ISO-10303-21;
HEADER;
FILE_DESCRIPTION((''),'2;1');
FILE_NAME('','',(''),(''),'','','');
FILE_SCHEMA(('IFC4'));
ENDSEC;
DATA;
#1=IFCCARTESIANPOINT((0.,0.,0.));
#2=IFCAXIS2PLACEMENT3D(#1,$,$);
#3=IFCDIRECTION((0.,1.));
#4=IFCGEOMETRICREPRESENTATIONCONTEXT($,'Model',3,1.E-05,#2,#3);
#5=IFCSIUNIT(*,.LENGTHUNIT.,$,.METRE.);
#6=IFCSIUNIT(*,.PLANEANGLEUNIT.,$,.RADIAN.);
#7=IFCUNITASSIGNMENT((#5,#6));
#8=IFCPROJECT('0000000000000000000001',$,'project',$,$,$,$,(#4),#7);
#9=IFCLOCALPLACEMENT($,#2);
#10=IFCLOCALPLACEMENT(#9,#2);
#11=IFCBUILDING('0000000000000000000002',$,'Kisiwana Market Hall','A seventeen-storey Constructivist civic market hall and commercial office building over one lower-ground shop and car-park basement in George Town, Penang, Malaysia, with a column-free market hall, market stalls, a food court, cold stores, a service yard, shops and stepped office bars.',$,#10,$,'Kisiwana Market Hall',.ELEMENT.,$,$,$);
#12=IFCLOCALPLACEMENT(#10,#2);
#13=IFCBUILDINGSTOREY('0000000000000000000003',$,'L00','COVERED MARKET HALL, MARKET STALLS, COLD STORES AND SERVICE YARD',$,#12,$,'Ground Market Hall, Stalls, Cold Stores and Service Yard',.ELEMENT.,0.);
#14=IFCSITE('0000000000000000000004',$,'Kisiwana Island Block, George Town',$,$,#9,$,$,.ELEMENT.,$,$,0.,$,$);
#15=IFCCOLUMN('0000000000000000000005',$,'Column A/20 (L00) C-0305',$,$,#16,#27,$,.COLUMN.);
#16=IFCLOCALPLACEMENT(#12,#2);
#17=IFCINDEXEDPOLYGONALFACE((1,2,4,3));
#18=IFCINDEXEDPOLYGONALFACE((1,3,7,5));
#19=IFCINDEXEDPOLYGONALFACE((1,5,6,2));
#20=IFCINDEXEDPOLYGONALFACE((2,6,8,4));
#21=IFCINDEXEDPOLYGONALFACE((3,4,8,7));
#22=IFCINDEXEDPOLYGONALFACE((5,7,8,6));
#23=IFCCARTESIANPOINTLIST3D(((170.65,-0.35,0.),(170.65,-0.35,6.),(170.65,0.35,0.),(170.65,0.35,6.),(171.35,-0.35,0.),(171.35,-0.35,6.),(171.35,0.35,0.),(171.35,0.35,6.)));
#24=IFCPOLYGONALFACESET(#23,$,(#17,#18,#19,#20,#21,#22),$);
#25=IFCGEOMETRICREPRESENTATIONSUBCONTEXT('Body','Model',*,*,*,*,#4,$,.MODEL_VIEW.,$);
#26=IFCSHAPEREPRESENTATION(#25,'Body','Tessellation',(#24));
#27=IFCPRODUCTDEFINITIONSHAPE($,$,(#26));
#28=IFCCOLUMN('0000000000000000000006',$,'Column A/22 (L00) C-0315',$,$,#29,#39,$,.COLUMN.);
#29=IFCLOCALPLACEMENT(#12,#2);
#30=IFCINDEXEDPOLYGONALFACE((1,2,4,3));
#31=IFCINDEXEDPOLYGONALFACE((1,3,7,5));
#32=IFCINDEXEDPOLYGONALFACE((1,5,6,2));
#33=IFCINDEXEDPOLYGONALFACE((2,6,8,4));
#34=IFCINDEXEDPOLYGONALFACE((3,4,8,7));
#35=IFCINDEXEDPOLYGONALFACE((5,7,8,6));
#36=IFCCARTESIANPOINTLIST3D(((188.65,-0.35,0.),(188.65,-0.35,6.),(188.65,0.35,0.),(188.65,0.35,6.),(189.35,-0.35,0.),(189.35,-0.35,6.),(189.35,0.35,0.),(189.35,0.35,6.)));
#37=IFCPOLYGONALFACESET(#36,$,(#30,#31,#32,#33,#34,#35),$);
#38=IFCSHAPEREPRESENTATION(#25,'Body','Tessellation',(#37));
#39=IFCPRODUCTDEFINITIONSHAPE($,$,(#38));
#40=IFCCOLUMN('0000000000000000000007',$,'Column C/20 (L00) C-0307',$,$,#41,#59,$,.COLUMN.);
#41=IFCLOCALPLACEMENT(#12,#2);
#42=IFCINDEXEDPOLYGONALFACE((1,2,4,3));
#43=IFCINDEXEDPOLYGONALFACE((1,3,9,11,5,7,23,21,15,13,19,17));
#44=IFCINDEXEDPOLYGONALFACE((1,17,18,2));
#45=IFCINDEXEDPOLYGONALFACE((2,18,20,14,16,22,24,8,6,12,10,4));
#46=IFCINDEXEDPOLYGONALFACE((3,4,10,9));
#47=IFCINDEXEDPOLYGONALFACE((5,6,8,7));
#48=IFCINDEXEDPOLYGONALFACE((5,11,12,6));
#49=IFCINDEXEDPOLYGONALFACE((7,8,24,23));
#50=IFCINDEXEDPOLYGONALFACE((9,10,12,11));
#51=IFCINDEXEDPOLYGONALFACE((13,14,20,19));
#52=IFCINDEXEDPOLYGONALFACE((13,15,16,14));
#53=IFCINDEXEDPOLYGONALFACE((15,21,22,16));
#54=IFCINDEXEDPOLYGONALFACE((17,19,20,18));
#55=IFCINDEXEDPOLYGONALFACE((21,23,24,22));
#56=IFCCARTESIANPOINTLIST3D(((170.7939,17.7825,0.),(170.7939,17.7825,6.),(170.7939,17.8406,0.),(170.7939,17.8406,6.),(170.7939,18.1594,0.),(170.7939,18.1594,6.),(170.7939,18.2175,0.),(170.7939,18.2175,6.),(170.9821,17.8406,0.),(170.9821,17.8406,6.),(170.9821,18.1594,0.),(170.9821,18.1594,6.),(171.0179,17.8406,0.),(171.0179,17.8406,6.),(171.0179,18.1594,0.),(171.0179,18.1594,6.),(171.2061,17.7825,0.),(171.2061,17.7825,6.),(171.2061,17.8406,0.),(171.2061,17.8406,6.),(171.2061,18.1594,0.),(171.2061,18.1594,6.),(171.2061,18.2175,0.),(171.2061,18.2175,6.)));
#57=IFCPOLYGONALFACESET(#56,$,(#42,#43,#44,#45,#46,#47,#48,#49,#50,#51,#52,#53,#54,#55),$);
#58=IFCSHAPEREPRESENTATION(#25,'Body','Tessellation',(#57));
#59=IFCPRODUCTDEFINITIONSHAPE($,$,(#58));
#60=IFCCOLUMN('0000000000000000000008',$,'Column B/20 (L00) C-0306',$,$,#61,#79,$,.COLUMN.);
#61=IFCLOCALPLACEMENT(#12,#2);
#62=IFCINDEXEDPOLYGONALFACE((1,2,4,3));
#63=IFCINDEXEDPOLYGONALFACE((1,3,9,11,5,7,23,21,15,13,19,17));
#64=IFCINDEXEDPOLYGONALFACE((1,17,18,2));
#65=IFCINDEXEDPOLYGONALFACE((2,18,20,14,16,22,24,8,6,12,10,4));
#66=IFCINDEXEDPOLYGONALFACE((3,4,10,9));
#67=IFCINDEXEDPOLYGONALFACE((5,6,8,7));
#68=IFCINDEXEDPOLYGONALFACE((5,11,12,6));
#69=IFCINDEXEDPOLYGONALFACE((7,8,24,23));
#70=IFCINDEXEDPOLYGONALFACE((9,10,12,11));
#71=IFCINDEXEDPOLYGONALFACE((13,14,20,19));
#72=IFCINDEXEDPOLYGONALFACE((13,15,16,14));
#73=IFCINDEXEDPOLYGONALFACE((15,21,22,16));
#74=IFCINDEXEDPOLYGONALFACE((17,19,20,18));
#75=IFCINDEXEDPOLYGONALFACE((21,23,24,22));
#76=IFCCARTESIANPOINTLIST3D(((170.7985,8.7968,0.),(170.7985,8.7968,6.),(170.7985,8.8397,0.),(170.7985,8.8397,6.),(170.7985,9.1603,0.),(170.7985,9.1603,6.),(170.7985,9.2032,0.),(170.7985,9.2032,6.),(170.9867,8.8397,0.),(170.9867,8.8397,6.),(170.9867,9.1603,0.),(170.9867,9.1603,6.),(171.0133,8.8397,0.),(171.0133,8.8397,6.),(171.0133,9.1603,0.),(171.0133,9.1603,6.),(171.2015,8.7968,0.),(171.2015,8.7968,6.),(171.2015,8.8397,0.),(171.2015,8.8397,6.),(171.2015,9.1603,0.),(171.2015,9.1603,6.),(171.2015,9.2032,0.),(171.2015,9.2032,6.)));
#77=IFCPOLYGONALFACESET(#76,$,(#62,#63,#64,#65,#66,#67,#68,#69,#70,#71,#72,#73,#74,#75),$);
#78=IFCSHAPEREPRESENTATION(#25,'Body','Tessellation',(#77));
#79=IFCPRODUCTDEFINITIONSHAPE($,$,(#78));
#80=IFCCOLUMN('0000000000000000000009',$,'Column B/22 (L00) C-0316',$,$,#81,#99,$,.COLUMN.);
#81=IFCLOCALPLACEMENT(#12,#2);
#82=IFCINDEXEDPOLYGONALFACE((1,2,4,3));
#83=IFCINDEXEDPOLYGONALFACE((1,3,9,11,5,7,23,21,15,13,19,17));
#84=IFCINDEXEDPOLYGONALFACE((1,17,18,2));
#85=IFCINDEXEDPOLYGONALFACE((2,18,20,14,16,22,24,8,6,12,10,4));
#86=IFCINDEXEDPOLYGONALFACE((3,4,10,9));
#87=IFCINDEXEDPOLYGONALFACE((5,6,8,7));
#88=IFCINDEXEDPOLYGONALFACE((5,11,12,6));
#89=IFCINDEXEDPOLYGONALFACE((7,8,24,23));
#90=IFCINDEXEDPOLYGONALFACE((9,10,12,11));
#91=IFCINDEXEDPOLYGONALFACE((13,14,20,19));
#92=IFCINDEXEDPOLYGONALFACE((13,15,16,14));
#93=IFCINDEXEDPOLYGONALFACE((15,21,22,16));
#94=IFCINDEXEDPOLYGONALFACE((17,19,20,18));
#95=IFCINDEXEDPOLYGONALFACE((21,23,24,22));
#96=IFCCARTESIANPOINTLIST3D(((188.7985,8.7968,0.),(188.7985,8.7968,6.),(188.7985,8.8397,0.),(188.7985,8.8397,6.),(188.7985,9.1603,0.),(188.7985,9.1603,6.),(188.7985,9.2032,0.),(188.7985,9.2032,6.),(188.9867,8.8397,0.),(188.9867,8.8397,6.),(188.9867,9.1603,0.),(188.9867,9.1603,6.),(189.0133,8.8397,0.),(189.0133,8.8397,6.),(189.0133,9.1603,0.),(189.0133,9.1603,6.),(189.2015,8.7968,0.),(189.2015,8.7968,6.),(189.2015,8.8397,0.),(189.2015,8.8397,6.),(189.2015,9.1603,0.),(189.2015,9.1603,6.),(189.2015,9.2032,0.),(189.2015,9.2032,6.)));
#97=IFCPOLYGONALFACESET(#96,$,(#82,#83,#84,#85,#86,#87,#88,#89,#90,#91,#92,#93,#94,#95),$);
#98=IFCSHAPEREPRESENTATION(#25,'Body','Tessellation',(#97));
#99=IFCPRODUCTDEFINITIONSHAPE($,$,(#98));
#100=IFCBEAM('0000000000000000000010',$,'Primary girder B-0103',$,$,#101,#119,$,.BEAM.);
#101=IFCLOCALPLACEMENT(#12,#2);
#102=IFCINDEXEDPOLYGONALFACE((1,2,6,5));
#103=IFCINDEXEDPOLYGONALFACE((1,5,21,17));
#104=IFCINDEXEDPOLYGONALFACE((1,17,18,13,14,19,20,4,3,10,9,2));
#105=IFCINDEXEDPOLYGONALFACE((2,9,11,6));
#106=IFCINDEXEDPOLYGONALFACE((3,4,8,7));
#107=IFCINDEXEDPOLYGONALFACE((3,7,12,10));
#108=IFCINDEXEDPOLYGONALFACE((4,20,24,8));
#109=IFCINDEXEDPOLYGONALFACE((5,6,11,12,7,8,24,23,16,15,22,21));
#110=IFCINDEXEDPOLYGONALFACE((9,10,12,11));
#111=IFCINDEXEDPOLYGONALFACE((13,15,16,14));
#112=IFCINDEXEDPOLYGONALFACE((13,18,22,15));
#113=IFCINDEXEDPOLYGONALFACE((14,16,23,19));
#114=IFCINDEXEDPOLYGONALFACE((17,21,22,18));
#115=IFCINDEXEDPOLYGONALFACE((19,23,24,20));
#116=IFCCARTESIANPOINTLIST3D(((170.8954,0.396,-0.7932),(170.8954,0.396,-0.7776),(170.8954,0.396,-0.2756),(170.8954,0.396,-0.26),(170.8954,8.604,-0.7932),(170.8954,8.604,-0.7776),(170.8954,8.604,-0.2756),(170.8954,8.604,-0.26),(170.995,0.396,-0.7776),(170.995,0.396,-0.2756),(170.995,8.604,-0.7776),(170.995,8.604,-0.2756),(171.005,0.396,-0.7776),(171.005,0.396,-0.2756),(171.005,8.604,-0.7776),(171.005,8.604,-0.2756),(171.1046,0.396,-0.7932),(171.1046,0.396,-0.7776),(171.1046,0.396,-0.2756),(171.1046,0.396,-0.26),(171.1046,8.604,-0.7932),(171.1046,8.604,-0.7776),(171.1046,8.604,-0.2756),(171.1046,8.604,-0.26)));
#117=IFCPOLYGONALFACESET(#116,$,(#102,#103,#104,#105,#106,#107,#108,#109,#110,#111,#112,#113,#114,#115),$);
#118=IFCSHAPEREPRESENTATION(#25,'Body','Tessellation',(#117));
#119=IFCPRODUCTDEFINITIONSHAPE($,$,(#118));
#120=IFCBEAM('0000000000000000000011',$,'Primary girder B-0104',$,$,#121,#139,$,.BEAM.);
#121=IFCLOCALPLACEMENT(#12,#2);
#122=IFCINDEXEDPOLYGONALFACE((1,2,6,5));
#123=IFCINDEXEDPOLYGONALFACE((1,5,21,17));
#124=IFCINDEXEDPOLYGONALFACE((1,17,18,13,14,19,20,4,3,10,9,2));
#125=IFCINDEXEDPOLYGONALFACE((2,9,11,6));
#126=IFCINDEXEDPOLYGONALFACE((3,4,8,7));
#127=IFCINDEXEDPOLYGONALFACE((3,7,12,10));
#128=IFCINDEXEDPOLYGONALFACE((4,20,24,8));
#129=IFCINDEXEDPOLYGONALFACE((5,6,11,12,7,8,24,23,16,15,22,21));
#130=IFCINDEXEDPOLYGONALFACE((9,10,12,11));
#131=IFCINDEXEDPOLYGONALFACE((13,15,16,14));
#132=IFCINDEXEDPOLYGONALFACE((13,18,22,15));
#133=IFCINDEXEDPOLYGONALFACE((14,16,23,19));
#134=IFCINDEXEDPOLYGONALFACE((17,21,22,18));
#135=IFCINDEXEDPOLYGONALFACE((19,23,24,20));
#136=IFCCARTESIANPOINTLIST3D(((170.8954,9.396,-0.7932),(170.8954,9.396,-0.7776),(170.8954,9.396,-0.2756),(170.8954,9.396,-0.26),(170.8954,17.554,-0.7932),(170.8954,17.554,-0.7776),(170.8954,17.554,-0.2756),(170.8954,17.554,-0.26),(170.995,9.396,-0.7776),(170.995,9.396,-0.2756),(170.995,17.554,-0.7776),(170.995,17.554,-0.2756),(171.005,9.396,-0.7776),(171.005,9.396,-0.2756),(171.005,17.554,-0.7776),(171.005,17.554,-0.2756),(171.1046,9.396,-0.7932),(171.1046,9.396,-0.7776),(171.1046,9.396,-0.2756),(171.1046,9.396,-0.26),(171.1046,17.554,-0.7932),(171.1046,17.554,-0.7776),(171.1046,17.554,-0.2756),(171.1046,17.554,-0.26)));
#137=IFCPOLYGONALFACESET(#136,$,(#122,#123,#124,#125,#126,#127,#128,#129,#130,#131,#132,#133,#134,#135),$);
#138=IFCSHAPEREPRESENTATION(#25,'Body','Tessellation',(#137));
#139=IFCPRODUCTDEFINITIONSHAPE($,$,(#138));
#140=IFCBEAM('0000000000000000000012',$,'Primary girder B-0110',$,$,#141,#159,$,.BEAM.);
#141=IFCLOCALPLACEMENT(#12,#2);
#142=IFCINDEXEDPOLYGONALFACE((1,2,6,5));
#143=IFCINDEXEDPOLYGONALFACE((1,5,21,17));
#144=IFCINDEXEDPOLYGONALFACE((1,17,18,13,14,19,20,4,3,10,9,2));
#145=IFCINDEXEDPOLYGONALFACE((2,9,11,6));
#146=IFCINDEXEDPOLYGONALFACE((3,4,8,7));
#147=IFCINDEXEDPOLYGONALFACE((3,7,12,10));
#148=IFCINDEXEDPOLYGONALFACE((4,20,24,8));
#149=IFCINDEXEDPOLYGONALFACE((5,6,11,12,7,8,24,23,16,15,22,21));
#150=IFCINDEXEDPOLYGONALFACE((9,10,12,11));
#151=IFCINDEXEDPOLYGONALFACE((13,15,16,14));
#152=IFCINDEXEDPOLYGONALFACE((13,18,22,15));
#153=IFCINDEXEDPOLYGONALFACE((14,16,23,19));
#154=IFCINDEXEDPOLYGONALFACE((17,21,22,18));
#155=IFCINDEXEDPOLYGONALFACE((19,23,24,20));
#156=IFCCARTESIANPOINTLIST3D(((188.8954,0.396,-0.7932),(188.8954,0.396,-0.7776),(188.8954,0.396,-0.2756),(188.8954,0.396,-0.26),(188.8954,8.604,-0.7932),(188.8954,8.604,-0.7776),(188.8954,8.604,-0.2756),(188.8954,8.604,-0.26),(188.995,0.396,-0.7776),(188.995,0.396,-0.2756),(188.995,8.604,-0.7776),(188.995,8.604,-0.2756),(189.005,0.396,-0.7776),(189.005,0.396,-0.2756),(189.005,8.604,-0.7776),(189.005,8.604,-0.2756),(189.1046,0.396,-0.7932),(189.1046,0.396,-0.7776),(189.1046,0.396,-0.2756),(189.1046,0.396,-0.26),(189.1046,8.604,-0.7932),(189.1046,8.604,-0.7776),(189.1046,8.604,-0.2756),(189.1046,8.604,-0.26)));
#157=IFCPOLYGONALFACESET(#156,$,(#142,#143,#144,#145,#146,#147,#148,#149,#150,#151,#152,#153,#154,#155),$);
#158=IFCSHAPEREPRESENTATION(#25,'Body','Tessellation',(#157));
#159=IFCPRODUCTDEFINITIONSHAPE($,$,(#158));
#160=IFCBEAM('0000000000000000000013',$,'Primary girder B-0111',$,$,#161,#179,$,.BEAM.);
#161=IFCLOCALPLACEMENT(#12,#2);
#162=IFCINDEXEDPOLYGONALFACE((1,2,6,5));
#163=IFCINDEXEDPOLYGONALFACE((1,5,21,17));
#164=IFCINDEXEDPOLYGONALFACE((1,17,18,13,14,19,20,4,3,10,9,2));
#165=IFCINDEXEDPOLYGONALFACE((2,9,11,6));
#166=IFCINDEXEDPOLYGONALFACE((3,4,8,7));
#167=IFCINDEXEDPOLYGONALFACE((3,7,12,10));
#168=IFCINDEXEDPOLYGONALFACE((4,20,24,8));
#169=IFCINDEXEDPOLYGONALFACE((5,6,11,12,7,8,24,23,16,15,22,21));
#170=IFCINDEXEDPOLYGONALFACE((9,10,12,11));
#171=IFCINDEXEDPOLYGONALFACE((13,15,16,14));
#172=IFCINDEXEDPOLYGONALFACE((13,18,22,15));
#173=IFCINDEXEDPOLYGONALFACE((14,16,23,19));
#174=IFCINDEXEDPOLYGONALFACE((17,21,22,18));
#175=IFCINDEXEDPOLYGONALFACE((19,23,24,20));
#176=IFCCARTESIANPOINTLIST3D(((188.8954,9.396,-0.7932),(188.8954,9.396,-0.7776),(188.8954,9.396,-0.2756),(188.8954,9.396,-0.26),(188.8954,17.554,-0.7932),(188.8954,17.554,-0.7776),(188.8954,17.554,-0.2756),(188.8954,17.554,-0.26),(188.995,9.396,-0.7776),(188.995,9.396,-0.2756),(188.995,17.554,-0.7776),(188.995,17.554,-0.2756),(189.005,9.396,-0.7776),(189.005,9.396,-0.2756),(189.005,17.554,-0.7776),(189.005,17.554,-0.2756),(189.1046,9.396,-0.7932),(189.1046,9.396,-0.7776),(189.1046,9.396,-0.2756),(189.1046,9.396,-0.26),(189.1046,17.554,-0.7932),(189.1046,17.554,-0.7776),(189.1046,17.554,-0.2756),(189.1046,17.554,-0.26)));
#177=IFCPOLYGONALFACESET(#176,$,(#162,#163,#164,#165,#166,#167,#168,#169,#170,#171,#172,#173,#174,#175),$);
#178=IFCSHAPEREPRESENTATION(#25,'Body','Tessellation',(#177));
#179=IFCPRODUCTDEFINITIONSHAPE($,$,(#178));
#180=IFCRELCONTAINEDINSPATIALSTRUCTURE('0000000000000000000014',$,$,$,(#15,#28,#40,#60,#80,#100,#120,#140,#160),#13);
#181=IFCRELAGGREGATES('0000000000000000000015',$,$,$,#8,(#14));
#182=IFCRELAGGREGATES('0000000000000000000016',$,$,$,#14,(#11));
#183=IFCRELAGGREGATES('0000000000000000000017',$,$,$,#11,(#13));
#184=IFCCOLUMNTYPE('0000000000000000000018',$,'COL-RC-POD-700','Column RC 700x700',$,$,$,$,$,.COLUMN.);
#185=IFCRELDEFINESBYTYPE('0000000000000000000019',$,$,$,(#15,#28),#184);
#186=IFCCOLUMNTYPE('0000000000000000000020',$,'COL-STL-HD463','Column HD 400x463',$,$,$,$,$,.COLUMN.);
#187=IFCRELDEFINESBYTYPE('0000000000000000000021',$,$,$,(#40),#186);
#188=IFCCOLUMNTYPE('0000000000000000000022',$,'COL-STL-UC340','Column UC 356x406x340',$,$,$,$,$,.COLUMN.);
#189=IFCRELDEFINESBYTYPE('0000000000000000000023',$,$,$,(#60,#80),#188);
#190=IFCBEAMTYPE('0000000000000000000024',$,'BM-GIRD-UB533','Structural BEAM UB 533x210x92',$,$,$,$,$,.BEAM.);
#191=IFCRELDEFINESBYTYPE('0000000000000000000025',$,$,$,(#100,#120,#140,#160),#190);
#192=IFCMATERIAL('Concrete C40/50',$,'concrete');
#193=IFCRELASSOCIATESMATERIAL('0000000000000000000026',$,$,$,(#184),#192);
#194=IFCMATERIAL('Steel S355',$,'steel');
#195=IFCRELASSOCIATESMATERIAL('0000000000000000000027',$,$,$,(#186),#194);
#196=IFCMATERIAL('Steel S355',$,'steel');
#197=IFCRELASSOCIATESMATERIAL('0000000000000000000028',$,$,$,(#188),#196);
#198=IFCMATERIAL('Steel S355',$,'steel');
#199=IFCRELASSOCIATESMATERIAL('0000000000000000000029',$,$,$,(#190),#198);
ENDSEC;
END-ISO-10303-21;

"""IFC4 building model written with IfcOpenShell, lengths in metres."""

from ifc_helpers import new_model, si_unit, direction, frame, origin, origin_2d, place, context, subcontext, project, spatial, rectangle, i_section, extrude, material, material_profile, profile_set, type_object, element, save


model = new_model("IFC4")

# Units and contexts
model_context = context("Model", 3, precision=1e-05, world=origin(), true_north=direction((0.0, 1.0)))
body_context = subcontext(model_context, "Body", "Model", "MODEL_VIEW")
ifc_project = project(units=[si_unit("LENGTHUNIT", "METRE"), si_unit("PLANEANGLEUNIT", "RADIAN")], contexts=[model_context])

# Site, building, storey
site_placement = place(None, origin())
site = spatial("IfcSite", under=ifc_project, at=site_placement, Name="Kisiwana Island Block, George Town", CompositionType="ELEMENT", RefElevation=0.0)
building_placement = place(site_placement, origin())
building = spatial("IfcBuilding", under=site, at=building_placement, Name="Kisiwana Market Hall", Description="A seventeen-storey Constructivist civic market hall and commercial office building over one lower-ground shop and car-park basement in George Town, Penang, Malaysia, with a column-free market hall, market stalls, a food court, cold stores, a service yard, shops and stepped office bars.", LongName="Kisiwana Market Hall", CompositionType="ELEMENT")
storey_placement = place(building_placement, origin())
storey = spatial("IfcBuildingStorey", under=building, at=storey_placement, Name="L00", Description="COVERED MARKET HALL, MARKET STALLS, COLD STORES AND SERVICE YARD", LongName="Ground Market Hall, Stalls, Cold Stores and Service Yard", CompositionType="ELEMENT", Elevation=0.0)

# Columns
ifc_material_1 = material(Name="Concrete C40/50", Category="concrete")
ifc_material_profile_1 = material_profile(ifc_material_1, rectangle(XDim=0.7, YDim=0.7, at=origin_2d()), Name="RC 700x700")
ifc_profile_set_1 = profile_set([ifc_material_profile_1], Name="Concrete C40/50")
column_type_1 = type_object("IfcColumnType", Name="COL-RC-POD-700", Description="Column RC 700x700", PredefinedType="COLUMN", material=ifc_profile_set_1)
for number, where, z_axis, x_axis, name in (
    (1, (171.0, 0.0, 0.0), (0.0, 0.0, 1.0), (1.0, 0.0, 0.0), "Column A/20 (L00) C-0305"),
    (2, (189.0, 0.0, 0.0), (0.0, 0.0, 1.0), (1.0, 0.0, 0.0), "Column A/22 (L00) C-0315"),
):
    element("IfcColumn", number, at=place(storey_placement, frame(where, z_axis=z_axis, x_axis=x_axis)), inside=storey, type_object=column_type_1, Name=name, PredefinedType="COLUMN", context=body_context, shape_type="SweptSolid", body=[
        extrude(rectangle(XDim=0.7, YDim=0.7, at=origin_2d()), origin(), (0.0, 0.0, 1.0), 6.0),
    ])
ifc_material_2 = material(Name="Steel S355", Category="steel")
ifc_material_profile_2 = material_profile(ifc_material_2, i_section(OverallWidth=0.4121, OverallDepth=0.4351, WebThickness=0.0359, FlangeThickness=0.0581, at=origin_2d()), Name="HD 400x463")
ifc_profile_set_2 = profile_set([ifc_material_profile_2], Name="Steel S355")
column_type_2 = type_object("IfcColumnType", Name="COL-STL-HD463", Description="Column HD 400x463", PredefinedType="COLUMN", material=ifc_profile_set_2)
column_placement = place(storey_placement, frame((171.0, 18.0, 0.0), z_axis=(0.0, 0.0, 1.0), x_axis=(1.0, 0.0, 0.0)))
element("IfcColumn", 3, at=column_placement, inside=storey, type_object=column_type_2, Name="Column C/20 (L00) C-0307", PredefinedType="COLUMN", context=body_context, shape_type="SweptSolid", body=[
    extrude(i_section(OverallWidth=0.4121, OverallDepth=0.4351, WebThickness=0.0359, FlangeThickness=0.0581, at=origin_2d()), origin(), (0.0, 0.0, 1.0), 6.0),
])
ifc_material_3 = material(Name="Steel S355", Category="steel")
ifc_material_profile_3 = material_profile(ifc_material_3, i_section(OverallWidth=0.4031, OverallDepth=0.4065, WebThickness=0.0266, FlangeThickness=0.043, at=origin_2d()), Name="UC 356x406x340")
ifc_profile_set_3 = profile_set([ifc_material_profile_3], Name="Steel S355")
column_type_3 = type_object("IfcColumnType", Name="COL-STL-UC340", Description="Column UC 356x406x340", PredefinedType="COLUMN", material=ifc_profile_set_3)
for number, where, z_axis, x_axis, name in (
    (4, (171.0, 9.0, 0.0), (0.0, 0.0, 1.0), (1.0, 0.0, 0.0), "Column B/20 (L00) C-0306"),
    (5, (189.0, 9.0, 0.0), (0.0, 0.0, 1.0), (1.0, 0.0, 0.0), "Column B/22 (L00) C-0316"),
):
    element("IfcColumn", number, at=place(storey_placement, frame(where, z_axis=z_axis, x_axis=x_axis)), inside=storey, type_object=column_type_3, Name=name, PredefinedType="COLUMN", context=body_context, shape_type="SweptSolid", body=[
        extrude(i_section(OverallWidth=0.4031, OverallDepth=0.4065, WebThickness=0.0266, FlangeThickness=0.043, at=origin_2d()), origin(), (0.0, 0.0, 1.0), 6.0),
    ])

# Beams
ifc_material_4 = material(Name="Steel S355", Category="steel")
ifc_material_profile_4 = material_profile(ifc_material_4, i_section(OverallWidth=0.2092, OverallDepth=0.5332, WebThickness=0.01, FlangeThickness=0.0156, at=origin_2d()), Name="UB 533x210x92")
ifc_profile_set_4 = profile_set([ifc_material_profile_4], Name="Steel S355")
beam_type_1 = type_object("IfcBeamType", Name="BM-GIRD-UB533", Description="Structural BEAM UB 533x210x92", PredefinedType="BEAM", material=ifc_profile_set_4)
beam_1_placement = place(storey_placement, frame((171.0, 0.396, -0.5266), z_axis=(0.0, 1.0, 0.0), x_axis=(-1.0, 0.0, 0.0)))
element("IfcBeam", 6, at=beam_1_placement, inside=storey, type_object=beam_type_1, Name="Primary girder B-0103", PredefinedType="BEAM", context=body_context, shape_type="SweptSolid", body=[
    extrude(i_section(OverallWidth=0.2092, OverallDepth=0.5332, WebThickness=0.01, FlangeThickness=0.0156, at=origin_2d()), origin(), (0.0, 0.0, 1.0), 8.208),
])
beam_2_placement = place(storey_placement, frame((171.0, 9.396, -0.5266), z_axis=(0.0, 1.0, 0.0), x_axis=(-1.0, 0.0, 0.0)))
element("IfcBeam", 7, at=beam_2_placement, inside=storey, type_object=beam_type_1, Name="Primary girder B-0104", PredefinedType="BEAM", context=body_context, shape_type="SweptSolid", body=[
    extrude(i_section(OverallWidth=0.2092, OverallDepth=0.5332, WebThickness=0.01, FlangeThickness=0.0156, at=origin_2d()), origin(), (0.0, 0.0, 1.0), 8.158),
])
beam_3_placement = place(storey_placement, frame((189.0, 0.396, -0.5266), z_axis=(0.0, 1.0, 0.0), x_axis=(-1.0, 0.0, 0.0)))
element("IfcBeam", 8, at=beam_3_placement, inside=storey, type_object=beam_type_1, Name="Primary girder B-0110", PredefinedType="BEAM", context=body_context, shape_type="SweptSolid", body=[
    extrude(i_section(OverallWidth=0.2092, OverallDepth=0.5332, WebThickness=0.01, FlangeThickness=0.0156, at=origin_2d()), origin(), (0.0, 0.0, 1.0), 8.208),
])
beam_4_placement = place(storey_placement, frame((189.0, 9.396, -0.5266), z_axis=(0.0, 1.0, 0.0), x_axis=(-1.0, 0.0, 0.0)))
element("IfcBeam", 9, at=beam_4_placement, inside=storey, type_object=beam_type_1, Name="Primary girder B-0111", PredefinedType="BEAM", context=body_context, shape_type="SweptSolid", body=[
    extrude(i_section(OverallWidth=0.2092, OverallDepth=0.5332, WebThickness=0.01, FlangeThickness=0.0156, at=origin_2d()), origin(), (0.0, 0.0, 1.0), 8.158),
])

save(model, "model.ifc")
